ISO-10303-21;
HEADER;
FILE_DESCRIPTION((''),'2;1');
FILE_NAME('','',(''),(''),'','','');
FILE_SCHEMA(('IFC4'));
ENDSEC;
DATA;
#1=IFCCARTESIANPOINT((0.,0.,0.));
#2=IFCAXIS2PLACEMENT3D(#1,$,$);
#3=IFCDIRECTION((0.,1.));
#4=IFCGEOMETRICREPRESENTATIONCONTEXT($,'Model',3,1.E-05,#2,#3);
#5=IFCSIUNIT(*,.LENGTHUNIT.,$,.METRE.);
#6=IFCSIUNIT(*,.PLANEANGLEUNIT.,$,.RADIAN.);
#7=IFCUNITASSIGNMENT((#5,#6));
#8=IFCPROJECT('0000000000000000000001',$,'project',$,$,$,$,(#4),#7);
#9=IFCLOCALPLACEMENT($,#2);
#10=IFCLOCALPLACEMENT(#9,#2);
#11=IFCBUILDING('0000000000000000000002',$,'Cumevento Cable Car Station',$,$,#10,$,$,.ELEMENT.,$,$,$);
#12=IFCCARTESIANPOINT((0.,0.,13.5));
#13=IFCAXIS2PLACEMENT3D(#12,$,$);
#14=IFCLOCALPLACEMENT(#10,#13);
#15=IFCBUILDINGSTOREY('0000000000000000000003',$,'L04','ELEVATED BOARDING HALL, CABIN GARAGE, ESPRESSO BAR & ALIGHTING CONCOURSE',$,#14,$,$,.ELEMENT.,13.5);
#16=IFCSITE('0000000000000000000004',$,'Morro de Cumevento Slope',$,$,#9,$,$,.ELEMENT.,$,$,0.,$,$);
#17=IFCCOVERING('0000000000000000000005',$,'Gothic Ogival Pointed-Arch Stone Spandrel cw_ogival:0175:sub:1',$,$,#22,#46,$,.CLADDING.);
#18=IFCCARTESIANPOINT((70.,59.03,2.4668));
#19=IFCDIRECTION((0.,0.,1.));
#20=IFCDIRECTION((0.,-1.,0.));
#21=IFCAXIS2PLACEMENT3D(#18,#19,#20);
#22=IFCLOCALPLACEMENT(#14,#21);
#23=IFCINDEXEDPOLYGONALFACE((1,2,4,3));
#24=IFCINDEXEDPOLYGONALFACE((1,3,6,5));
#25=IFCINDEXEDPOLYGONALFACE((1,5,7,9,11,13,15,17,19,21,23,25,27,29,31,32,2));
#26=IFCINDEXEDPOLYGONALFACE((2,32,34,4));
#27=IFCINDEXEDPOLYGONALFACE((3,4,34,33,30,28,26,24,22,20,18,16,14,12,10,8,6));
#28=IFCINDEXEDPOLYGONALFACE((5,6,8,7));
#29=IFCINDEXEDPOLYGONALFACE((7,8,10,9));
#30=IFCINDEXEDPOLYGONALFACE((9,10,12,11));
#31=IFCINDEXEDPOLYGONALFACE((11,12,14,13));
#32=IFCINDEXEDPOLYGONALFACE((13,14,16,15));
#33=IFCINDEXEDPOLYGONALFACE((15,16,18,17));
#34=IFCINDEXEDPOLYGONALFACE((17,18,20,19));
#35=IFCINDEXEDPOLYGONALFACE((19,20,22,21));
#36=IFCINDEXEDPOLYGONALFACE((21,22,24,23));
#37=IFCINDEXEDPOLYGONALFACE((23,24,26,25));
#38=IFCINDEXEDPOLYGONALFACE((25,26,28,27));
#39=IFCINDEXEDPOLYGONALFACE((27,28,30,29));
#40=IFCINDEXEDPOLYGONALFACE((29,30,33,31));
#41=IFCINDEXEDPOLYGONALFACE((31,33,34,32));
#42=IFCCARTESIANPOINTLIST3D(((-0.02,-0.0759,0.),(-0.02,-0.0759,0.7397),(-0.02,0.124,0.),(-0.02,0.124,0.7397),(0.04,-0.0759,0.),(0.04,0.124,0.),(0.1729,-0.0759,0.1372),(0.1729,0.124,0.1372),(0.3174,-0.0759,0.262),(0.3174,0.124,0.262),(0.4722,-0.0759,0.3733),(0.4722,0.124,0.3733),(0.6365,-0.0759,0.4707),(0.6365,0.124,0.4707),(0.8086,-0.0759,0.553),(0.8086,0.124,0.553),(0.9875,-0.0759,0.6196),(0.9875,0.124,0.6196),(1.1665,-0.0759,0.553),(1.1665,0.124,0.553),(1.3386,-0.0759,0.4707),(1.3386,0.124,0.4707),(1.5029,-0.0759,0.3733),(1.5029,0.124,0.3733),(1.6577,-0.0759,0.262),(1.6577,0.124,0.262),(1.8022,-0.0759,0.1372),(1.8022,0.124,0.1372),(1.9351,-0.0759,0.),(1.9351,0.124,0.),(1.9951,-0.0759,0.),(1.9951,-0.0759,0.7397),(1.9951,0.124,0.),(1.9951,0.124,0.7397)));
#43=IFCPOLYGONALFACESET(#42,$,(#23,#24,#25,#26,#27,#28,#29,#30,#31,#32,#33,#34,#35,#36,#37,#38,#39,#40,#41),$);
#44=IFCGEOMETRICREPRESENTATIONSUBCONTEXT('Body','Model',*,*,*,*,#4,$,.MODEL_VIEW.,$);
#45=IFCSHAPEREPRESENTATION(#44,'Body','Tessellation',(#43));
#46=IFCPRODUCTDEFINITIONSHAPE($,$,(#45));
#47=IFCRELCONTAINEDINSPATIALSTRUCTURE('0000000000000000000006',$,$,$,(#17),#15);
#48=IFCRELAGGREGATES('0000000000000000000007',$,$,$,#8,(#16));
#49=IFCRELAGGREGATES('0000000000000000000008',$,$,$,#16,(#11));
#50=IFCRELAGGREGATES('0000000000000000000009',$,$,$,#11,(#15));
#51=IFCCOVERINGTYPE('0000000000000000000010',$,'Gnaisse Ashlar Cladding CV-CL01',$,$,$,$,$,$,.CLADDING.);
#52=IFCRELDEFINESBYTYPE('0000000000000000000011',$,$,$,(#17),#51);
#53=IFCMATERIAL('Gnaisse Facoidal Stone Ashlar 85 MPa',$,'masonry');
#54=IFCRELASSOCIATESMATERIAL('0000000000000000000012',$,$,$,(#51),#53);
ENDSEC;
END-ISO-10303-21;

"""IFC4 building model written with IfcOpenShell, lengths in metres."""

from ifc_helpers import new_model, si_unit, direction, frame, origin, place, context, subcontext, project, spatial, polyline, outline, extrude, material, type_object, element, save


model = new_model("IFC4")

# Units and contexts
model_context = context("Model", 3, precision=1e-05, world=origin(), true_north=direction((0.0, 1.0)))
body_context = subcontext(model_context, "Body", "Model", "MODEL_VIEW")
ifc_project = project(units=[si_unit("LENGTHUNIT", "METRE"), si_unit("PLANEANGLEUNIT", "RADIAN")], contexts=[model_context])

# Site, building, storey
site_placement = place(None, origin())
site = spatial("IfcSite", under=ifc_project, at=site_placement, Name="Morro de Cumevento Slope", CompositionType="ELEMENT", RefElevation=0.0)
building_placement = place(site_placement, origin())
building = spatial("IfcBuilding", under=site, at=building_placement, Name="Cumevento Cable Car Station", CompositionType="ELEMENT")
storey_placement = place(building_placement, frame((0.0, 0.0, 13.5)))
storey = spatial("IfcBuildingStorey", under=building, at=storey_placement, Name="L04", Description="ELEVATED BOARDING HALL, CABIN GARAGE, ESPRESSO BAR & ALIGHTING CONCOURSE", CompositionType="ELEMENT", Elevation=13.5)

# Covering
ifc_material_1 = material(Name="Gnaisse Facoidal Stone Ashlar 85 MPa", Category="masonry")
covering_type = type_object("IfcCoveringType", Name="Gnaisse Ashlar Cladding CV-CL01", PredefinedType="CLADDING", material=ifc_material_1)
covering_1_placement = place(storey_placement, frame((70.0, 59.03, 2.4668), z_axis=(0.0, 0.0, 1.0), x_axis=(0.0, -1.0, 0.0)))
element("IfcCovering", 1, at=covering_1_placement, inside=storey, type_object=covering_type, Name="Gothic Ogival Pointed-Arch Stone Spandrel cw_ogival:0175:sub:1", PredefinedType="CLADDING", context=body_context, shape_type="SweptSolid", body=[
    extrude(outline(polyline([(-0.02, 0.0), (-0.02, 0.7397), (1.9951, 0.7397), (1.9951, 0.0), (1.9351, 0.0), (1.8022, 0.1372), (1.6577, 0.262), (1.5029, 0.3733), (1.3386, 0.4707), (1.1665, 0.553), (0.9875, 0.6196), (0.8086, 0.553), (0.6365, 0.4707), (0.4722, 0.3733), (0.3174, 0.262), (0.1729, 0.1372), (0.04, 0.0), (-0.02, 0.0)])), frame((0.0, 0.124, 0.0), z_axis=(0.0, -1.0, 0.0), x_axis=(1.0, 0.0, 0.0)), (0.0, 0.0, 1.0), 0.2),
])

save(model, "model.ifc")
